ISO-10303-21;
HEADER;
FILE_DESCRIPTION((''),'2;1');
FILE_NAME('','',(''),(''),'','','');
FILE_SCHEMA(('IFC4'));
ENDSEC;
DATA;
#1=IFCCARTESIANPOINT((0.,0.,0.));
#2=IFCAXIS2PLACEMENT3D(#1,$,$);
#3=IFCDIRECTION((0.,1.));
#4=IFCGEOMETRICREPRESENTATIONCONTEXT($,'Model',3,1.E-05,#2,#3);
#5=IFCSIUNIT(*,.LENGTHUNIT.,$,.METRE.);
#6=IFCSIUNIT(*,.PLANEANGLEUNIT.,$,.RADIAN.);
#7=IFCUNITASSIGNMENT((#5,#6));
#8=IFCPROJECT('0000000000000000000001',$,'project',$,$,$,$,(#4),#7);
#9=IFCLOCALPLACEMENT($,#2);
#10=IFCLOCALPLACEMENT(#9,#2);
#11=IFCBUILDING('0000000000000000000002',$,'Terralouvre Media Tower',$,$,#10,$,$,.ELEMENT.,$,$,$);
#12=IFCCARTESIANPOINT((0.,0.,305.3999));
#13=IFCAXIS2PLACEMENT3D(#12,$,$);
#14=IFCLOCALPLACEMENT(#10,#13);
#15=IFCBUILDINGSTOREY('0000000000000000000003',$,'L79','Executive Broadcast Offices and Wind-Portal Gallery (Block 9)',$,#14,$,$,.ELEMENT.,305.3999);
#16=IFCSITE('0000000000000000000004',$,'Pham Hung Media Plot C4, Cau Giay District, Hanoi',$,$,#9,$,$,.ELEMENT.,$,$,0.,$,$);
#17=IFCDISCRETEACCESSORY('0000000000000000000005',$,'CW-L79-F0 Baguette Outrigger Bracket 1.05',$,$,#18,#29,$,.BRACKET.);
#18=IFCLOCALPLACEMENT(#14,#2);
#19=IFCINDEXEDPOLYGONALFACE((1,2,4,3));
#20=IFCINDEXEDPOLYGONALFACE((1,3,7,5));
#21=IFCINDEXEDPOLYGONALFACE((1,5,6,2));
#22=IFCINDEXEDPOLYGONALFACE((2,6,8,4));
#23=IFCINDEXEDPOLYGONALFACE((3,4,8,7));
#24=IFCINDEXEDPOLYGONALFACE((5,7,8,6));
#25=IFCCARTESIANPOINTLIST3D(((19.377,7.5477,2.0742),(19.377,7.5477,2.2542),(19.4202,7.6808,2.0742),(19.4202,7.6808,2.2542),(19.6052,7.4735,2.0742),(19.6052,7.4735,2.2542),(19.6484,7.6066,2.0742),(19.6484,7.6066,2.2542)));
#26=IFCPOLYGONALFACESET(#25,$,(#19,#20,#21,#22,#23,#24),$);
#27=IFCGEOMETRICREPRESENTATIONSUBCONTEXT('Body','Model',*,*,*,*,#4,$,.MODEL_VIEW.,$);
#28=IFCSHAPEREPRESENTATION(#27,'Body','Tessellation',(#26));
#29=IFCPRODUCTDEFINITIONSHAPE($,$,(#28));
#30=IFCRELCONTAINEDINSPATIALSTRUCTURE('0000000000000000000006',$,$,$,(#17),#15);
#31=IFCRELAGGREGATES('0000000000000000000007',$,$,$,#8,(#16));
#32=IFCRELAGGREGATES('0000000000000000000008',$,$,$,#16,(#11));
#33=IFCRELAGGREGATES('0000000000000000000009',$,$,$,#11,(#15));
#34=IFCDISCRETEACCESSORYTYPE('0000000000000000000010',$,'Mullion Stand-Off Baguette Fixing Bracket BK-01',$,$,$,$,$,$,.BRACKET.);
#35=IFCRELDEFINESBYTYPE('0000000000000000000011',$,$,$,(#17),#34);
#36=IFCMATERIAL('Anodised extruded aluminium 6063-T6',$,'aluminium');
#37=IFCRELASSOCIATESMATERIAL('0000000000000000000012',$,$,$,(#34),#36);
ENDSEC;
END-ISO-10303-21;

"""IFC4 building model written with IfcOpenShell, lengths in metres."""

from ifc_helpers import new_model, si_unit, direction, frame, origin, origin_2d, place, context, subcontext, project, spatial, rectangle, extrude, material, type_object, element, save


model = new_model("IFC4")

# Units and contexts
model_context = context("Model", 3, precision=1e-05, world=origin(), true_north=direction((0.0, 1.0)))
body_context = subcontext(model_context, "Body", "Model", "MODEL_VIEW")
ifc_project = project(units=[si_unit("LENGTHUNIT", "METRE"), si_unit("PLANEANGLEUNIT", "RADIAN")], contexts=[model_context])

# Site, building, storey
site_placement = place(None, origin())
site = spatial("IfcSite", under=ifc_project, at=site_placement, Name="Pham Hung Media Plot C4, Cau Giay District, Hanoi", CompositionType="ELEMENT", RefElevation=0.0)
building_placement = place(site_placement, origin())
building = spatial("IfcBuilding", under=site, at=building_placement, Name="Terralouvre Media Tower", CompositionType="ELEMENT")
storey_placement = place(building_placement, frame((0.0, 0.0, 305.3999)))
storey = spatial("IfcBuildingStorey", under=building, at=storey_placement, Name="L79", Description="Executive Broadcast Offices and Wind-Portal Gallery (Block 9)", CompositionType="ELEMENT", Elevation=305.3999)

# Discrete accessory
ifc_material_1 = material(Name="Anodised extruded aluminium 6063-T6", Category="aluminium")
discrete_accessory_type = type_object("IfcDiscreteAccessoryType", Name="Mullion Stand-Off Baguette Fixing Bracket BK-01", PredefinedType="BRACKET", material=ifc_material_1)
discrete_accessory_placement = place(storey_placement, frame((19.5127, 7.5771, 2.0742), z_axis=(0.0, 0.0, 1.0), x_axis=(0.309017, 0.951057, 0.0)))
element("IfcDiscreteAccessory", 1, at=discrete_accessory_placement, inside=storey, type_object=discrete_accessory_type, Name="CW-L79-F0 Baguette Outrigger Bracket 1.05", PredefinedType="BRACKET", context=body_context, shape_type="SweptSolid", body=[
    extrude(rectangle(XDim=0.1399, YDim=0.24, at=origin_2d()), origin(), (0.0, 0.0, 1.0), 0.1799),
])

save(model, "model.ifc")
